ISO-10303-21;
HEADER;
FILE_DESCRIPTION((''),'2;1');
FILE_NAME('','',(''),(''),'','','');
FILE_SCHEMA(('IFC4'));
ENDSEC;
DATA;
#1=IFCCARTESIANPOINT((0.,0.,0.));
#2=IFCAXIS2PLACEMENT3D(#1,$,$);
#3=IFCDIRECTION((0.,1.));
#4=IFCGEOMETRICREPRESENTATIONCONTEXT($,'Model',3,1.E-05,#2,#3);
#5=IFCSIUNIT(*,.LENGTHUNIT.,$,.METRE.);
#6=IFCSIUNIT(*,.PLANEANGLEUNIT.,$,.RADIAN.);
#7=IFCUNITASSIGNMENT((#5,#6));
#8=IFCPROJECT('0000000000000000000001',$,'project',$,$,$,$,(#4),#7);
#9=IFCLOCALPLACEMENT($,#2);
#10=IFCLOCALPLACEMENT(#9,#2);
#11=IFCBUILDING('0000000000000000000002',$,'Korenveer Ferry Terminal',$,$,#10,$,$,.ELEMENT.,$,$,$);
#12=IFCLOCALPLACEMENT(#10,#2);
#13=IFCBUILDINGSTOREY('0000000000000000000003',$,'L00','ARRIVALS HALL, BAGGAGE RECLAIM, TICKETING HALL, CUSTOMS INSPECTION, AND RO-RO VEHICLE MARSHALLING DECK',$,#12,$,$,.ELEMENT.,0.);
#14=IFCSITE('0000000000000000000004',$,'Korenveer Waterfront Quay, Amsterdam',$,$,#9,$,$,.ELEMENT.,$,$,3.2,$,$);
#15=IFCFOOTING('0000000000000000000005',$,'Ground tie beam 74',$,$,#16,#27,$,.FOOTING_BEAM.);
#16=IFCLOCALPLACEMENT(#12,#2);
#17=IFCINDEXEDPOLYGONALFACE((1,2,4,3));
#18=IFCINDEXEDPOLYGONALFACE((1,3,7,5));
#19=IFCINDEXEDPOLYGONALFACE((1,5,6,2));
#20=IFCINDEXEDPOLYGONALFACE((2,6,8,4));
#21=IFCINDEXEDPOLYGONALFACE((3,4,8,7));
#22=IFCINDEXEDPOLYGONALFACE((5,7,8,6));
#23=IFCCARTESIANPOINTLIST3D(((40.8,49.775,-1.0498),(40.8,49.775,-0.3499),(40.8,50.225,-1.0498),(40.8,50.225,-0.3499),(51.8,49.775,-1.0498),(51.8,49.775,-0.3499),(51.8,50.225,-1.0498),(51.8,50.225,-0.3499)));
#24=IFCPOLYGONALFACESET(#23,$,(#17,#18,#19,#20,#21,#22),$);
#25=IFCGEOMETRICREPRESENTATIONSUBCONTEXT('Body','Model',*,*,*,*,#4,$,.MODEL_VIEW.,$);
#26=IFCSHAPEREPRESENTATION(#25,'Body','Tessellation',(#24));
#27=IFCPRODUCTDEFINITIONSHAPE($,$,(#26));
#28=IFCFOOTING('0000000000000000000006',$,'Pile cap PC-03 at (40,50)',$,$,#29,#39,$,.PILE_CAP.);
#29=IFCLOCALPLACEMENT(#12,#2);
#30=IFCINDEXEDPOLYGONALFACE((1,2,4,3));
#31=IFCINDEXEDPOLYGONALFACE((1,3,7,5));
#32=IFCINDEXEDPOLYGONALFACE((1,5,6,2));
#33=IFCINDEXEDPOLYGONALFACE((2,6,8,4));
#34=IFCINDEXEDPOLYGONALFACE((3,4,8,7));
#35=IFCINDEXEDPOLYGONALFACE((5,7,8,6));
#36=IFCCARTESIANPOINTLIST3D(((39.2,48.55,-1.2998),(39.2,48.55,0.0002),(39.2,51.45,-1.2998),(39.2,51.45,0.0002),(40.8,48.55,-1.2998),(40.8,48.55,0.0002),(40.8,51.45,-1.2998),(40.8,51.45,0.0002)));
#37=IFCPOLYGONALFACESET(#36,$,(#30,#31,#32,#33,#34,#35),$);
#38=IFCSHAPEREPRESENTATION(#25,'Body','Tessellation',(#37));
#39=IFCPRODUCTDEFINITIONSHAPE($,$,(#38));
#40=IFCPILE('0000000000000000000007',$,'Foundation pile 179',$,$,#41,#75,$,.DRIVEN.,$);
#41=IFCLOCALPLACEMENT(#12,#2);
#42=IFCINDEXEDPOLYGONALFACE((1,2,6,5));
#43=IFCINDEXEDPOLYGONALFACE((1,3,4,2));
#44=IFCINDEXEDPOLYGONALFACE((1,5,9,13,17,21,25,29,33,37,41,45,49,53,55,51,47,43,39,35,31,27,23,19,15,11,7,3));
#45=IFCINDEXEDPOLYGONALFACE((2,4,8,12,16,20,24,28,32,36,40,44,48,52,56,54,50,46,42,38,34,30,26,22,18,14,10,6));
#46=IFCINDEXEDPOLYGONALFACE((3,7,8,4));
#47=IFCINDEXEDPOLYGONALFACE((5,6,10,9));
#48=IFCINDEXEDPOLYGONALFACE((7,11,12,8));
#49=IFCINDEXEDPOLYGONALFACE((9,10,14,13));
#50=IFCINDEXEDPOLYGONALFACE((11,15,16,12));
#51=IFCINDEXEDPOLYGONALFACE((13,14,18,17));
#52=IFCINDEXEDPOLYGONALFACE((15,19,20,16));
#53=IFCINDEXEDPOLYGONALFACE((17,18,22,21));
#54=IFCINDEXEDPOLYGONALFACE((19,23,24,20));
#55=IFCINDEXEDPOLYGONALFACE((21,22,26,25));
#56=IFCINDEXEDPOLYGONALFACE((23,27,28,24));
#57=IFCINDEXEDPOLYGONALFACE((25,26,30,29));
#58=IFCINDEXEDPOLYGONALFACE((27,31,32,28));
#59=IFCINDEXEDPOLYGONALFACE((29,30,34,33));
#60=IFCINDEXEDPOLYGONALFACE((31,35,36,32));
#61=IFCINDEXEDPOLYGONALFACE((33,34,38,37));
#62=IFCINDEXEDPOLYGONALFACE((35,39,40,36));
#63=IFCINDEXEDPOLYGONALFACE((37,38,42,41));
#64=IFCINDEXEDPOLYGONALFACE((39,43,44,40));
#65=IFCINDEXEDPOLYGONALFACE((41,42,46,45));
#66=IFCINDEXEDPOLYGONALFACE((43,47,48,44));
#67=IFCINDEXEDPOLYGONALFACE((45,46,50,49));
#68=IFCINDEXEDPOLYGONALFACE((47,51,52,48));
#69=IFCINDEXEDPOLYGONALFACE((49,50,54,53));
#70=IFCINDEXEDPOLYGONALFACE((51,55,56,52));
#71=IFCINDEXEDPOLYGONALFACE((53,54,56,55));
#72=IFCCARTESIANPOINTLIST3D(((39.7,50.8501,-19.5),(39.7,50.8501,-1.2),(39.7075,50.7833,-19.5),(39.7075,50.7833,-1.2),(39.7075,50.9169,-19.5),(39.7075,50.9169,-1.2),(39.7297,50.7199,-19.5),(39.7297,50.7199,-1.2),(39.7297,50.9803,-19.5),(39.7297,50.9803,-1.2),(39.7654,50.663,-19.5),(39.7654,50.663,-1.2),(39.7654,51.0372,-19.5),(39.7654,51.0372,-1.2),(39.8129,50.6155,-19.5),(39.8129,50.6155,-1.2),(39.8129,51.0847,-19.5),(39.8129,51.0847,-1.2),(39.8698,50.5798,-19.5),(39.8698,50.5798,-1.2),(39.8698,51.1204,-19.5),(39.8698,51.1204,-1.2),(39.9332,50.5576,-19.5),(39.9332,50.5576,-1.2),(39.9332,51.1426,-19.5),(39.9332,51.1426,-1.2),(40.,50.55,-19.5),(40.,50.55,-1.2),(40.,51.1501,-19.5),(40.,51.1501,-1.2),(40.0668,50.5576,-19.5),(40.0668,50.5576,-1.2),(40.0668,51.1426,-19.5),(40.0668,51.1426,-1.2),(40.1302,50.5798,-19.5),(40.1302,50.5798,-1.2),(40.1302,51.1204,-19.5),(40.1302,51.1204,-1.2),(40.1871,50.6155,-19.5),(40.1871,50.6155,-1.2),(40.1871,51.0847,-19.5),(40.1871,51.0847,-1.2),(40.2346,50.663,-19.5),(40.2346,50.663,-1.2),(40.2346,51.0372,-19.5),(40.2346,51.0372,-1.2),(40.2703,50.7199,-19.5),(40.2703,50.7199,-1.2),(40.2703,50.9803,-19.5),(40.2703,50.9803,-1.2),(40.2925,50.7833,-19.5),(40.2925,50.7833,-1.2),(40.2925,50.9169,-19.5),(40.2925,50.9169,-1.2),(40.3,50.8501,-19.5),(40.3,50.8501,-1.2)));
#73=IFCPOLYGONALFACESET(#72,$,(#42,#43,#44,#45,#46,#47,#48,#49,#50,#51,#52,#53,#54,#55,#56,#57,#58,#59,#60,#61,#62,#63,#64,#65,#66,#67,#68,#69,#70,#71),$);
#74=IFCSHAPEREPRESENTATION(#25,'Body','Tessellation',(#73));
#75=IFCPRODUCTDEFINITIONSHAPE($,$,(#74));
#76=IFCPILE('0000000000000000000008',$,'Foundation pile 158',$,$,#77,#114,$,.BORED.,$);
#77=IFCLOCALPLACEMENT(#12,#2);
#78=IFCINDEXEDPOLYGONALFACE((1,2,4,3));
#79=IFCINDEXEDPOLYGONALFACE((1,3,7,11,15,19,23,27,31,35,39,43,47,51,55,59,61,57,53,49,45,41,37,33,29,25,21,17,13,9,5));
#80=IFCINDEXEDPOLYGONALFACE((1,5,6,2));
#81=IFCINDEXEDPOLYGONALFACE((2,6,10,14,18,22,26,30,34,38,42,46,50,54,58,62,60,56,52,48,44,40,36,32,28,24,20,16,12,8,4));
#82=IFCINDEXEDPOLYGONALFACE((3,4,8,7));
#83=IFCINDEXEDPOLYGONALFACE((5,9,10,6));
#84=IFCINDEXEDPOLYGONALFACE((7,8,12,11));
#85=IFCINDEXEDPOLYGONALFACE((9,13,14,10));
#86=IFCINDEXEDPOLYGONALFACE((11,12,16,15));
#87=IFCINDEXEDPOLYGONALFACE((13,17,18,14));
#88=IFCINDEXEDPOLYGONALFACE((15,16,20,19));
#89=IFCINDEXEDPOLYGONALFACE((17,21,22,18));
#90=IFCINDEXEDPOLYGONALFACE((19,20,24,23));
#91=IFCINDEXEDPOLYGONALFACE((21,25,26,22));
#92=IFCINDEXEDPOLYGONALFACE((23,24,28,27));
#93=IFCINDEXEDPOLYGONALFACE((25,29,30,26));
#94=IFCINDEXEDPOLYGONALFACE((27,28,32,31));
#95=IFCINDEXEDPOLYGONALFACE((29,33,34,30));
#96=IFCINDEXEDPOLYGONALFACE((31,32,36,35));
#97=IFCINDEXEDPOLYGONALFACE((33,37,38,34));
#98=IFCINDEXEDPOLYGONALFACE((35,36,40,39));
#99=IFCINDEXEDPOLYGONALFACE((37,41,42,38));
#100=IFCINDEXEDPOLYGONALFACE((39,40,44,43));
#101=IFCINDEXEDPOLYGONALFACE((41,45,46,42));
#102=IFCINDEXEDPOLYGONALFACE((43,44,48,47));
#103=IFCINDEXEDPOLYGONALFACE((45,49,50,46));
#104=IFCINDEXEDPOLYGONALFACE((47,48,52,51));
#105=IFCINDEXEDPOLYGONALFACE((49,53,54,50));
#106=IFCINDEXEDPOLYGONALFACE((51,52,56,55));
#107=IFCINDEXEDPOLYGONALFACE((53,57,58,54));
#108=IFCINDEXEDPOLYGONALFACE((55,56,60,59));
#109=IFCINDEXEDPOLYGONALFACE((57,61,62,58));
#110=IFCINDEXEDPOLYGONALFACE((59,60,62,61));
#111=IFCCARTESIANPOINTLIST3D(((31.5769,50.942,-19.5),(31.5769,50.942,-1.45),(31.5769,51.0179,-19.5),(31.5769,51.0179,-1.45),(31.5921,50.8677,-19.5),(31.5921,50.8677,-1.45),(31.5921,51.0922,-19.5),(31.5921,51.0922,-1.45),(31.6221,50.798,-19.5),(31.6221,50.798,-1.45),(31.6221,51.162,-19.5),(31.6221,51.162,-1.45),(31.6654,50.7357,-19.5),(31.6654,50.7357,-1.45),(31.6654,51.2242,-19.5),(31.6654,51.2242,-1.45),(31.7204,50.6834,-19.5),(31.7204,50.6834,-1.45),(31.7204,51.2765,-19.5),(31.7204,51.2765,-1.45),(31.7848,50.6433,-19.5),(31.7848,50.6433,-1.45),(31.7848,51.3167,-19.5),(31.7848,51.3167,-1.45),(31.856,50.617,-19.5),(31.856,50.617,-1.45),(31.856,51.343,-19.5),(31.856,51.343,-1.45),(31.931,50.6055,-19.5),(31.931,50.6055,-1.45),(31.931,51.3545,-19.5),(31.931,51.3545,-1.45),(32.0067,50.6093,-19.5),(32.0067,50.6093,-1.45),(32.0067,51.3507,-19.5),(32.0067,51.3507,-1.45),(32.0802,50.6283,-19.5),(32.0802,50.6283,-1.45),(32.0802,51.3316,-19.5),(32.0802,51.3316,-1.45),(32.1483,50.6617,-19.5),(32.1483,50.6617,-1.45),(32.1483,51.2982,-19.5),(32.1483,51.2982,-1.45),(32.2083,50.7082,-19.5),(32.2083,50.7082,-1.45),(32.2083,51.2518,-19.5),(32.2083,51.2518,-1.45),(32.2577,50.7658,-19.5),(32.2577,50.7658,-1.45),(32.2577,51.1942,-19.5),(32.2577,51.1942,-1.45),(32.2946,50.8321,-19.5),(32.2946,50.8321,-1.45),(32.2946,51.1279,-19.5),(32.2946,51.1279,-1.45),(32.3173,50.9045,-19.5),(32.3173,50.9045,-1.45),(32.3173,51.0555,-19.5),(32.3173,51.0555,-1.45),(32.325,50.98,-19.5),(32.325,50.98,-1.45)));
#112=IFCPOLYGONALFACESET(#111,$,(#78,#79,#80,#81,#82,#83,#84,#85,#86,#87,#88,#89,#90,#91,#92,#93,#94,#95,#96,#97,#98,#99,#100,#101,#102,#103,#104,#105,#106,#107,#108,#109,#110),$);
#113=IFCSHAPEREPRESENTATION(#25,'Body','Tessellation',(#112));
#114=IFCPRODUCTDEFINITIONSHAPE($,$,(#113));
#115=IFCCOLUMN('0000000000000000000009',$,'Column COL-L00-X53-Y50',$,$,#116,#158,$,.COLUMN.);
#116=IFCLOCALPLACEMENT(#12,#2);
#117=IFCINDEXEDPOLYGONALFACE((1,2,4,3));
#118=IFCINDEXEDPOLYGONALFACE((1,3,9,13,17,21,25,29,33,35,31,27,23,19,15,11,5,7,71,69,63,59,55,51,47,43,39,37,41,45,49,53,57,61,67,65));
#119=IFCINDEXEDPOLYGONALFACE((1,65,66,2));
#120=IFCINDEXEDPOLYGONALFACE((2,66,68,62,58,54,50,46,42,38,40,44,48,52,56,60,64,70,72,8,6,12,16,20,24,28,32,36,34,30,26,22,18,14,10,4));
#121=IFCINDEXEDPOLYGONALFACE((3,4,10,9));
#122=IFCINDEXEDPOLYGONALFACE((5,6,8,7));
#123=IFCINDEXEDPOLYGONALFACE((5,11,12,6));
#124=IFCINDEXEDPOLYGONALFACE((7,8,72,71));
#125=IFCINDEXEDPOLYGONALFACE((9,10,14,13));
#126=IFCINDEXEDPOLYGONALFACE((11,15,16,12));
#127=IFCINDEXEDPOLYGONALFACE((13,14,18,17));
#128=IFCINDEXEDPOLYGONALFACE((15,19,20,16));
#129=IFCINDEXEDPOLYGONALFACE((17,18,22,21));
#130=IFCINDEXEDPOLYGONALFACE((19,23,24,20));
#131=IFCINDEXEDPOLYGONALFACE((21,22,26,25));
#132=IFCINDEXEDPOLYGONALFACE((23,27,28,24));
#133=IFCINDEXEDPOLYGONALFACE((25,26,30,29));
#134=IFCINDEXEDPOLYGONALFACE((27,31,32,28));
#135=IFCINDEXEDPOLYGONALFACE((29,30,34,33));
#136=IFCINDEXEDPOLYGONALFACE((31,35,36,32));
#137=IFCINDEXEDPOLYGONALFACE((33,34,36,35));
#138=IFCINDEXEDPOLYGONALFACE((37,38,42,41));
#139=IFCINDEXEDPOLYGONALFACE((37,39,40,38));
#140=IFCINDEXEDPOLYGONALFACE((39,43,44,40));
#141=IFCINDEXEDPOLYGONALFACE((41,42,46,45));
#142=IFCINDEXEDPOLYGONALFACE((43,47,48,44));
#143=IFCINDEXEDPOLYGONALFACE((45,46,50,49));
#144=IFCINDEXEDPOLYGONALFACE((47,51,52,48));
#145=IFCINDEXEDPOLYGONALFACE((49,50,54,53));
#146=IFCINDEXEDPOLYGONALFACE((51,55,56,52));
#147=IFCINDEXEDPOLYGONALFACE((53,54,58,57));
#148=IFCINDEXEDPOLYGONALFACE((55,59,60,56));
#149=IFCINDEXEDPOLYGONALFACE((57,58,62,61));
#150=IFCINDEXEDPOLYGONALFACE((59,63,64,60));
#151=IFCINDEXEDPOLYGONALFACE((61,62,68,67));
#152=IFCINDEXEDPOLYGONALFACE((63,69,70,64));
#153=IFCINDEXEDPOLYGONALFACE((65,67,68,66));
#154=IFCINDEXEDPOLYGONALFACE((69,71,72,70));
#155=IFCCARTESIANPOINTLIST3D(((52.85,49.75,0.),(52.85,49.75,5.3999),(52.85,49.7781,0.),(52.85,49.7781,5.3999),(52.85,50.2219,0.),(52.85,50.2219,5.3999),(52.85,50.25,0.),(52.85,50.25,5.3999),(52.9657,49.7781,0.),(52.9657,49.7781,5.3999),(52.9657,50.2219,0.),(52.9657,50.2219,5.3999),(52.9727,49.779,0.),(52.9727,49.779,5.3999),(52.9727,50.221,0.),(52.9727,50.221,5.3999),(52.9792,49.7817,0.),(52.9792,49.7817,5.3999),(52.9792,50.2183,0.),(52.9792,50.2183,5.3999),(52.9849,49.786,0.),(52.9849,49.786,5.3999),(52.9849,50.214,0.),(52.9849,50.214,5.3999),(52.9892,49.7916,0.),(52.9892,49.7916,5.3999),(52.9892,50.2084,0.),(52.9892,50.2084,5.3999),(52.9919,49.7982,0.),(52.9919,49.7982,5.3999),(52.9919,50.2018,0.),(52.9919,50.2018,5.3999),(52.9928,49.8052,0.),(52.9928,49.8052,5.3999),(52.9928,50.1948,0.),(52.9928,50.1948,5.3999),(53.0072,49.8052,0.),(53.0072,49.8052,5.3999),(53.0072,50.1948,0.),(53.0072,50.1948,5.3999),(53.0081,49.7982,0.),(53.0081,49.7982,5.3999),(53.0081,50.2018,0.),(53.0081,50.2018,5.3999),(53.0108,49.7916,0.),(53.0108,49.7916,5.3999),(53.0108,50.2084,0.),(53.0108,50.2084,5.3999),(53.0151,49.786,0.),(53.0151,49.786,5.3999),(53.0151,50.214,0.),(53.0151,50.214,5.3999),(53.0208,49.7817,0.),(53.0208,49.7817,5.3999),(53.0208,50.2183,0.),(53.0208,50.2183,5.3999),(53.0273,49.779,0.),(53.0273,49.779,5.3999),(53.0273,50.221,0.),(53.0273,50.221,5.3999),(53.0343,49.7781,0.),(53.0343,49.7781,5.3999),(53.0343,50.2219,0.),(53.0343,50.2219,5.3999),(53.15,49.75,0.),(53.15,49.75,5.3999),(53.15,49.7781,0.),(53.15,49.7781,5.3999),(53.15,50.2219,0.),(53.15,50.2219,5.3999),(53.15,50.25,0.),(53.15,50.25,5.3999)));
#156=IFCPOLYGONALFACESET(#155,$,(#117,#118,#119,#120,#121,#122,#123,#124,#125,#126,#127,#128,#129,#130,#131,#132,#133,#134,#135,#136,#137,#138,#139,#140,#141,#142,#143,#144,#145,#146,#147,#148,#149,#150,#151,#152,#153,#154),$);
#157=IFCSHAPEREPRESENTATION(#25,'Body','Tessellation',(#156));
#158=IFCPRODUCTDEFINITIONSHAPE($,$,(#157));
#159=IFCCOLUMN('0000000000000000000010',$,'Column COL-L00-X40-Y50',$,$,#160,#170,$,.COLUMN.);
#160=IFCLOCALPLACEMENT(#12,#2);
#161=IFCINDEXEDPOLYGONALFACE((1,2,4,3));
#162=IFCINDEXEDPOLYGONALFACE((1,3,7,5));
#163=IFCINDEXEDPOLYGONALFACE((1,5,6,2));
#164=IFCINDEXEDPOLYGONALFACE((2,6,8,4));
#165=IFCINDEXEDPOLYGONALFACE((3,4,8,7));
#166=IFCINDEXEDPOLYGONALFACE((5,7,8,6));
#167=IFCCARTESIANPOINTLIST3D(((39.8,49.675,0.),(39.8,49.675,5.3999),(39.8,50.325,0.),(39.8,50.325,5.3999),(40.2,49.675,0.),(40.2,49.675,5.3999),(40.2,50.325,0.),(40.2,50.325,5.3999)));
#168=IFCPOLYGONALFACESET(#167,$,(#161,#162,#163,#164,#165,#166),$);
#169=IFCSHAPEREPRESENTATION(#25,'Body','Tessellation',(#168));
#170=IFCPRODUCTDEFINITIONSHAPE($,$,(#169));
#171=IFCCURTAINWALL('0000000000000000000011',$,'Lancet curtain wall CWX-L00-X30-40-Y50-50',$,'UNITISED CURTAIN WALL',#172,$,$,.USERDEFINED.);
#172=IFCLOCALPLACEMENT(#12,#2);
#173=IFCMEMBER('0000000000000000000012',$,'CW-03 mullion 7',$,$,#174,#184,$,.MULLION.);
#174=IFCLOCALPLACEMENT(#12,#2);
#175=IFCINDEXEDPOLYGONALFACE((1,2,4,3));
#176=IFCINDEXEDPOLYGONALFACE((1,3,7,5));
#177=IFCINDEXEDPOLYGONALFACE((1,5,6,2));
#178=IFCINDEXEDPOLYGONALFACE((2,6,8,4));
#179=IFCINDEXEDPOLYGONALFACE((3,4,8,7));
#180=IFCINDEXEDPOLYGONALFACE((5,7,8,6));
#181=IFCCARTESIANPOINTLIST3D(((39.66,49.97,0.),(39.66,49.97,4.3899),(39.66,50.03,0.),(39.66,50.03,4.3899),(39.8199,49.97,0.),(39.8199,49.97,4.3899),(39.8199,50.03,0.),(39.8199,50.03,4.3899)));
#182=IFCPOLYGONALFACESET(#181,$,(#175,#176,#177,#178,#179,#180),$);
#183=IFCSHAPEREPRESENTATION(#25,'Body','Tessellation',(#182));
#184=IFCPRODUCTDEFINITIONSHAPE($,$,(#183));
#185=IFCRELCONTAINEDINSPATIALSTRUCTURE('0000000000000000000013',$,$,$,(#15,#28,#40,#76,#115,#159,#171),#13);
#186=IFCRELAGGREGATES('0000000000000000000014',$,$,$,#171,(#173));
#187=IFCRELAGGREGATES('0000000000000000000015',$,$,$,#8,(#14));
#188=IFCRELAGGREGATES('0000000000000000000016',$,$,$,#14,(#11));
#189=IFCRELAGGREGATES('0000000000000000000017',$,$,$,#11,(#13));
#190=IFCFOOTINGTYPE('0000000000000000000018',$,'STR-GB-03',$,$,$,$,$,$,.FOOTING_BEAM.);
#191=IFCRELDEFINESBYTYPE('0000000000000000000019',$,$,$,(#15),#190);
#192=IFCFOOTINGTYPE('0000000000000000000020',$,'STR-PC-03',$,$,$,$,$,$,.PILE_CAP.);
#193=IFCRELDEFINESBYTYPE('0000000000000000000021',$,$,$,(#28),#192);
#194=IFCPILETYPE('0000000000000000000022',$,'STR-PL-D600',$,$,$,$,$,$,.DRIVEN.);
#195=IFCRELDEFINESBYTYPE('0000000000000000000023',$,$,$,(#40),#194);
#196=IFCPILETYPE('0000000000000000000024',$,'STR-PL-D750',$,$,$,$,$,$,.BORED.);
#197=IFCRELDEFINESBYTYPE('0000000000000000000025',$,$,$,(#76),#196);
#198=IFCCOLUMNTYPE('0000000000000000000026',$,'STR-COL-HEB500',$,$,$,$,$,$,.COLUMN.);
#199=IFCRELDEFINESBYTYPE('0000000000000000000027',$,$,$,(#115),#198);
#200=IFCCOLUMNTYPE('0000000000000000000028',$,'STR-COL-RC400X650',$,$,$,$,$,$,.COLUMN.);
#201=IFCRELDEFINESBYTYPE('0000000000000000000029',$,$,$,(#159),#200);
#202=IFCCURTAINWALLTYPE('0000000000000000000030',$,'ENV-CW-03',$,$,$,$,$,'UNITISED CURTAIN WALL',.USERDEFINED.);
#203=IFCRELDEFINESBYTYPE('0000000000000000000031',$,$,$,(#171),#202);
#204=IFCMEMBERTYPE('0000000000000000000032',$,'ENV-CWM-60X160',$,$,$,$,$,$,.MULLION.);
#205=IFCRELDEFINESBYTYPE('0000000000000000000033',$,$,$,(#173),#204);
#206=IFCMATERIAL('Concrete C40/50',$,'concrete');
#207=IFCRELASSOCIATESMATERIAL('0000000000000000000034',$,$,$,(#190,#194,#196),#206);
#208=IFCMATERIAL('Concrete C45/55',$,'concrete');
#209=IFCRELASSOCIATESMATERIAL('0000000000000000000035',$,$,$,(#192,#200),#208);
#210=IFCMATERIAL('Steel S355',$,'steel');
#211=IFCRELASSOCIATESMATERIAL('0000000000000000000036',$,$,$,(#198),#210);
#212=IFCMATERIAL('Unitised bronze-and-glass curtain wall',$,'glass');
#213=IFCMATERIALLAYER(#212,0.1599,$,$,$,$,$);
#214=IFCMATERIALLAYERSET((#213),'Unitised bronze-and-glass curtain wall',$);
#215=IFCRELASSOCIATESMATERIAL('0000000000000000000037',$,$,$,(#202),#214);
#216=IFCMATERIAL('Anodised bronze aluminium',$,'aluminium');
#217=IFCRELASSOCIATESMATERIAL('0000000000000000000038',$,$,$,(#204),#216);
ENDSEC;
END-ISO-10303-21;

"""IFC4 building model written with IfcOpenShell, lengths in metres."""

from ifc_helpers import new_model, si_unit, direction, frame, origin, origin_2d, place, context, subcontext, project, spatial, rectangle, circle, i_section, extrude, material, layer, layer_set, material_profile, profile_set, type_object, element, aggregate, save


model = new_model("IFC4")

# Units and contexts
model_context = context("Model", 3, precision=1e-05, world=origin(), true_north=direction((0.0, 1.0)))
body_context = subcontext(model_context, "Body", "Model", "MODEL_VIEW")
ifc_project = project(units=[si_unit("LENGTHUNIT", "METRE"), si_unit("PLANEANGLEUNIT", "RADIAN")], contexts=[model_context])

# Site, building, storey
site_placement = place(None, origin())
site = spatial("IfcSite", under=ifc_project, at=site_placement, Name="Korenveer Waterfront Quay, Amsterdam", CompositionType="ELEMENT", RefElevation=3.2)
building_placement = place(site_placement, origin())
building = spatial("IfcBuilding", under=site, at=building_placement, Name="Korenveer Ferry Terminal", CompositionType="ELEMENT")
storey_placement = place(building_placement, origin())
storey = spatial("IfcBuildingStorey", under=building, at=storey_placement, Name="L00", Description="ARRIVALS HALL, BAGGAGE RECLAIM, TICKETING HALL, CUSTOMS INSPECTION, AND RO-RO VEHICLE MARSHALLING DECK", CompositionType="ELEMENT", Elevation=0.0)

# Footings
ifc_material_1 = material(Name="Concrete C40/50", Category="concrete")
footing_type_1 = type_object("IfcFootingType", Name="STR-GB-03", PredefinedType="FOOTING_BEAM", material=ifc_material_1)
footing_1_placement = place(storey_placement, frame((46.3, 50.0, -1.0498), z_axis=(0.0, 0.0, 1.0), x_axis=(1.0, 0.0, 0.0)))
element("IfcFooting", 1, at=footing_1_placement, inside=storey, type_object=footing_type_1, Name="Ground tie beam 74", PredefinedType="FOOTING_BEAM", context=body_context, shape_type="SweptSolid", body=[
    extrude(rectangle(XDim=11.0, YDim=0.45, at=origin_2d()), origin(), (0.0, 0.0, 1.0), 0.7),
])
ifc_material_2 = material(Name="Concrete C45/55", Category="concrete")
footing_type_2 = type_object("IfcFootingType", Name="STR-PC-03", PredefinedType="PILE_CAP", material=ifc_material_2)
footing_2_placement = place(storey_placement, frame((40.0, 50.0, -1.2998), z_axis=(0.0, 0.0, 1.0), x_axis=(1.0, 0.0, 0.0)))
element("IfcFooting", 2, at=footing_2_placement, inside=storey, type_object=footing_type_2, Name="Pile cap PC-03 at (40,50)", PredefinedType="PILE_CAP", context=body_context, shape_type="SweptSolid", body=[
    extrude(rectangle(XDim=1.6001, YDim=2.8999, at=origin_2d()), origin(), (0.0, 0.0, 1.0), 1.3),
])

# Piles
ifc_material_profile_1 = material_profile(ifc_material_1, circle(Radius=0.3, at=origin_2d()), Name="PILE D600")
ifc_profile_set_1 = profile_set([ifc_material_profile_1], Name="Concrete C40/50")
pile_type_1 = type_object("IfcPileType", Name="STR-PL-D600", PredefinedType="DRIVEN", material=ifc_profile_set_1)
pile_1_placement = place(storey_placement, frame((40.0, 50.8501, -1.2), z_axis=(0.0, 0.0, -1.0), x_axis=(1.0, 0.0, 0.0)))
element("IfcPile", 3, at=pile_1_placement, inside=storey, type_object=pile_type_1, Name="Foundation pile 179", PredefinedType="DRIVEN", context=body_context, shape_type="SweptSolid", body=[
    extrude(circle(Radius=0.3, at=origin_2d()), origin(), (0.0, 0.0, 1.0), 18.3),
])
ifc_material_profile_2 = material_profile(ifc_material_1, circle(Radius=0.375, at=origin_2d()), Name="PILE D750")
ifc_profile_set_2 = profile_set([ifc_material_profile_2], Name="Concrete C40/50")
pile_type_2 = type_object("IfcPileType", Name="STR-PL-D750", PredefinedType="BORED", material=ifc_profile_set_2)
pile_2_placement = place(storey_placement, frame((31.95, 50.98, -1.45), z_axis=(0.0, 0.0, -1.0), x_axis=(1.0, 0.0, 0.0)))
element("IfcPile", 4, at=pile_2_placement, inside=storey, type_object=pile_type_2, Name="Foundation pile 158", PredefinedType="BORED", context=body_context, shape_type="SweptSolid", body=[
    extrude(circle(Radius=0.375, at=origin_2d()), origin(), (0.0, 0.0, 1.0), 18.05),
])

# Columns
ifc_material_3 = material(Name="Steel S355", Category="steel")
ifc_material_profile_3 = material_profile(ifc_material_3, i_section(OverallWidth=0.3, OverallDepth=0.5, WebThickness=0.0144, FlangeThickness=0.0281, FilletRadius=0.0271, at=origin_2d()), Name="HEB 500")
ifc_profile_set_3 = profile_set([ifc_material_profile_3], Name="Steel S355")
column_type_1 = type_object("IfcColumnType", Name="STR-COL-HEB500", PredefinedType="COLUMN", material=ifc_profile_set_3)
column_1_placement = place(storey_placement, frame((53.0, 50.0, 0.0), z_axis=(0.0, 0.0, 1.0), x_axis=(1.0, 0.0, 0.0)))
element("IfcColumn", 5, at=column_1_placement, inside=storey, type_object=column_type_1, Name="Column COL-L00-X53-Y50", PredefinedType="COLUMN", context=body_context, shape_type="SweptSolid", body=[
    extrude(i_section(OverallWidth=0.3, OverallDepth=0.5, WebThickness=0.0144, FlangeThickness=0.0281, FilletRadius=0.0271, at=origin_2d()), origin(), (0.0, 0.0, 1.0), 5.3999),
])
ifc_material_profile_4 = material_profile(ifc_material_2, rectangle(XDim=0.3999, YDim=0.6499, at=origin_2d()), Name="RC 400x650")
ifc_profile_set_4 = profile_set([ifc_material_profile_4], Name="Concrete C45/55")
column_type_2 = type_object("IfcColumnType", Name="STR-COL-RC400X650", PredefinedType="COLUMN", material=ifc_profile_set_4)
column_2_placement = place(storey_placement, frame((40.0, 50.0, 0.0), z_axis=(0.0, 0.0, 1.0), x_axis=(1.0, 0.0, 0.0)))
element("IfcColumn", 6, at=column_2_placement, inside=storey, type_object=column_type_2, Name="Column COL-L00-X40-Y50", PredefinedType="COLUMN", context=body_context, shape_type="SweptSolid", body=[
    extrude(rectangle(XDim=0.3999, YDim=0.6499, at=origin_2d()), origin(), (0.0, 0.0, 1.0), 5.3999),
])

# Curtain wall, member
ifc_material_4 = material(Name="Unitised bronze-and-glass curtain wall", Category="glass")
ifc_layer_1 = layer(ifc_material_4, 0.1599)
ifc_layer_set_1 = layer_set([ifc_layer_1], Name="Unitised bronze-and-glass curtain wall")
curtain_wall_type_1 = type_object("IfcCurtainWallType", Name="ENV-CW-03", ElementType="UNITISED CURTAIN WALL", PredefinedType="USERDEFINED", material=ifc_layer_set_1)
curtain_wall_1_placement = place(storey_placement, frame((30.405, 50.0, 0.0)))
curtain_wall_1 = element("IfcCurtainWall", 7, at=curtain_wall_1_placement, inside=storey, type_object=curtain_wall_type_1, Name="Lancet curtain wall CWX-L00-X30-40-Y50-50", ObjectType="UNITISED CURTAIN WALL", PredefinedType="USERDEFINED")
ifc_material_5 = material(Name="Anodised bronze aluminium", Category="aluminium")
ifc_material_profile_5 = material_profile(ifc_material_5, rectangle(XDim=0.0601, YDim=0.1599, at=origin_2d()), Name="ALU 60x160")
ifc_profile_set_5 = profile_set([ifc_material_profile_5], Name="Anodised bronze aluminium")
member_type_1 = type_object("IfcMemberType", Name="ENV-CWM-60X160", PredefinedType="MULLION", material=ifc_profile_set_5)
member_1_placement = place(storey_placement, frame((39.74, 50.0, 0.0), z_axis=(0.0, 0.0, 1.0), x_axis=(0.0, 1.0, 0.0)))
member_1 = element("IfcMember", 8, at=member_1_placement, type_object=member_type_1, Name="CW-03 mullion 7", PredefinedType="MULLION", context=body_context, shape_type="SweptSolid", body=[
    extrude(rectangle(XDim=0.0601, YDim=0.1599, at=origin_2d()), origin(), (0.0, 0.0, 1.0), 4.3899),
])

aggregate(curtain_wall_1, [member_1])

save(model, "model.ifc")
